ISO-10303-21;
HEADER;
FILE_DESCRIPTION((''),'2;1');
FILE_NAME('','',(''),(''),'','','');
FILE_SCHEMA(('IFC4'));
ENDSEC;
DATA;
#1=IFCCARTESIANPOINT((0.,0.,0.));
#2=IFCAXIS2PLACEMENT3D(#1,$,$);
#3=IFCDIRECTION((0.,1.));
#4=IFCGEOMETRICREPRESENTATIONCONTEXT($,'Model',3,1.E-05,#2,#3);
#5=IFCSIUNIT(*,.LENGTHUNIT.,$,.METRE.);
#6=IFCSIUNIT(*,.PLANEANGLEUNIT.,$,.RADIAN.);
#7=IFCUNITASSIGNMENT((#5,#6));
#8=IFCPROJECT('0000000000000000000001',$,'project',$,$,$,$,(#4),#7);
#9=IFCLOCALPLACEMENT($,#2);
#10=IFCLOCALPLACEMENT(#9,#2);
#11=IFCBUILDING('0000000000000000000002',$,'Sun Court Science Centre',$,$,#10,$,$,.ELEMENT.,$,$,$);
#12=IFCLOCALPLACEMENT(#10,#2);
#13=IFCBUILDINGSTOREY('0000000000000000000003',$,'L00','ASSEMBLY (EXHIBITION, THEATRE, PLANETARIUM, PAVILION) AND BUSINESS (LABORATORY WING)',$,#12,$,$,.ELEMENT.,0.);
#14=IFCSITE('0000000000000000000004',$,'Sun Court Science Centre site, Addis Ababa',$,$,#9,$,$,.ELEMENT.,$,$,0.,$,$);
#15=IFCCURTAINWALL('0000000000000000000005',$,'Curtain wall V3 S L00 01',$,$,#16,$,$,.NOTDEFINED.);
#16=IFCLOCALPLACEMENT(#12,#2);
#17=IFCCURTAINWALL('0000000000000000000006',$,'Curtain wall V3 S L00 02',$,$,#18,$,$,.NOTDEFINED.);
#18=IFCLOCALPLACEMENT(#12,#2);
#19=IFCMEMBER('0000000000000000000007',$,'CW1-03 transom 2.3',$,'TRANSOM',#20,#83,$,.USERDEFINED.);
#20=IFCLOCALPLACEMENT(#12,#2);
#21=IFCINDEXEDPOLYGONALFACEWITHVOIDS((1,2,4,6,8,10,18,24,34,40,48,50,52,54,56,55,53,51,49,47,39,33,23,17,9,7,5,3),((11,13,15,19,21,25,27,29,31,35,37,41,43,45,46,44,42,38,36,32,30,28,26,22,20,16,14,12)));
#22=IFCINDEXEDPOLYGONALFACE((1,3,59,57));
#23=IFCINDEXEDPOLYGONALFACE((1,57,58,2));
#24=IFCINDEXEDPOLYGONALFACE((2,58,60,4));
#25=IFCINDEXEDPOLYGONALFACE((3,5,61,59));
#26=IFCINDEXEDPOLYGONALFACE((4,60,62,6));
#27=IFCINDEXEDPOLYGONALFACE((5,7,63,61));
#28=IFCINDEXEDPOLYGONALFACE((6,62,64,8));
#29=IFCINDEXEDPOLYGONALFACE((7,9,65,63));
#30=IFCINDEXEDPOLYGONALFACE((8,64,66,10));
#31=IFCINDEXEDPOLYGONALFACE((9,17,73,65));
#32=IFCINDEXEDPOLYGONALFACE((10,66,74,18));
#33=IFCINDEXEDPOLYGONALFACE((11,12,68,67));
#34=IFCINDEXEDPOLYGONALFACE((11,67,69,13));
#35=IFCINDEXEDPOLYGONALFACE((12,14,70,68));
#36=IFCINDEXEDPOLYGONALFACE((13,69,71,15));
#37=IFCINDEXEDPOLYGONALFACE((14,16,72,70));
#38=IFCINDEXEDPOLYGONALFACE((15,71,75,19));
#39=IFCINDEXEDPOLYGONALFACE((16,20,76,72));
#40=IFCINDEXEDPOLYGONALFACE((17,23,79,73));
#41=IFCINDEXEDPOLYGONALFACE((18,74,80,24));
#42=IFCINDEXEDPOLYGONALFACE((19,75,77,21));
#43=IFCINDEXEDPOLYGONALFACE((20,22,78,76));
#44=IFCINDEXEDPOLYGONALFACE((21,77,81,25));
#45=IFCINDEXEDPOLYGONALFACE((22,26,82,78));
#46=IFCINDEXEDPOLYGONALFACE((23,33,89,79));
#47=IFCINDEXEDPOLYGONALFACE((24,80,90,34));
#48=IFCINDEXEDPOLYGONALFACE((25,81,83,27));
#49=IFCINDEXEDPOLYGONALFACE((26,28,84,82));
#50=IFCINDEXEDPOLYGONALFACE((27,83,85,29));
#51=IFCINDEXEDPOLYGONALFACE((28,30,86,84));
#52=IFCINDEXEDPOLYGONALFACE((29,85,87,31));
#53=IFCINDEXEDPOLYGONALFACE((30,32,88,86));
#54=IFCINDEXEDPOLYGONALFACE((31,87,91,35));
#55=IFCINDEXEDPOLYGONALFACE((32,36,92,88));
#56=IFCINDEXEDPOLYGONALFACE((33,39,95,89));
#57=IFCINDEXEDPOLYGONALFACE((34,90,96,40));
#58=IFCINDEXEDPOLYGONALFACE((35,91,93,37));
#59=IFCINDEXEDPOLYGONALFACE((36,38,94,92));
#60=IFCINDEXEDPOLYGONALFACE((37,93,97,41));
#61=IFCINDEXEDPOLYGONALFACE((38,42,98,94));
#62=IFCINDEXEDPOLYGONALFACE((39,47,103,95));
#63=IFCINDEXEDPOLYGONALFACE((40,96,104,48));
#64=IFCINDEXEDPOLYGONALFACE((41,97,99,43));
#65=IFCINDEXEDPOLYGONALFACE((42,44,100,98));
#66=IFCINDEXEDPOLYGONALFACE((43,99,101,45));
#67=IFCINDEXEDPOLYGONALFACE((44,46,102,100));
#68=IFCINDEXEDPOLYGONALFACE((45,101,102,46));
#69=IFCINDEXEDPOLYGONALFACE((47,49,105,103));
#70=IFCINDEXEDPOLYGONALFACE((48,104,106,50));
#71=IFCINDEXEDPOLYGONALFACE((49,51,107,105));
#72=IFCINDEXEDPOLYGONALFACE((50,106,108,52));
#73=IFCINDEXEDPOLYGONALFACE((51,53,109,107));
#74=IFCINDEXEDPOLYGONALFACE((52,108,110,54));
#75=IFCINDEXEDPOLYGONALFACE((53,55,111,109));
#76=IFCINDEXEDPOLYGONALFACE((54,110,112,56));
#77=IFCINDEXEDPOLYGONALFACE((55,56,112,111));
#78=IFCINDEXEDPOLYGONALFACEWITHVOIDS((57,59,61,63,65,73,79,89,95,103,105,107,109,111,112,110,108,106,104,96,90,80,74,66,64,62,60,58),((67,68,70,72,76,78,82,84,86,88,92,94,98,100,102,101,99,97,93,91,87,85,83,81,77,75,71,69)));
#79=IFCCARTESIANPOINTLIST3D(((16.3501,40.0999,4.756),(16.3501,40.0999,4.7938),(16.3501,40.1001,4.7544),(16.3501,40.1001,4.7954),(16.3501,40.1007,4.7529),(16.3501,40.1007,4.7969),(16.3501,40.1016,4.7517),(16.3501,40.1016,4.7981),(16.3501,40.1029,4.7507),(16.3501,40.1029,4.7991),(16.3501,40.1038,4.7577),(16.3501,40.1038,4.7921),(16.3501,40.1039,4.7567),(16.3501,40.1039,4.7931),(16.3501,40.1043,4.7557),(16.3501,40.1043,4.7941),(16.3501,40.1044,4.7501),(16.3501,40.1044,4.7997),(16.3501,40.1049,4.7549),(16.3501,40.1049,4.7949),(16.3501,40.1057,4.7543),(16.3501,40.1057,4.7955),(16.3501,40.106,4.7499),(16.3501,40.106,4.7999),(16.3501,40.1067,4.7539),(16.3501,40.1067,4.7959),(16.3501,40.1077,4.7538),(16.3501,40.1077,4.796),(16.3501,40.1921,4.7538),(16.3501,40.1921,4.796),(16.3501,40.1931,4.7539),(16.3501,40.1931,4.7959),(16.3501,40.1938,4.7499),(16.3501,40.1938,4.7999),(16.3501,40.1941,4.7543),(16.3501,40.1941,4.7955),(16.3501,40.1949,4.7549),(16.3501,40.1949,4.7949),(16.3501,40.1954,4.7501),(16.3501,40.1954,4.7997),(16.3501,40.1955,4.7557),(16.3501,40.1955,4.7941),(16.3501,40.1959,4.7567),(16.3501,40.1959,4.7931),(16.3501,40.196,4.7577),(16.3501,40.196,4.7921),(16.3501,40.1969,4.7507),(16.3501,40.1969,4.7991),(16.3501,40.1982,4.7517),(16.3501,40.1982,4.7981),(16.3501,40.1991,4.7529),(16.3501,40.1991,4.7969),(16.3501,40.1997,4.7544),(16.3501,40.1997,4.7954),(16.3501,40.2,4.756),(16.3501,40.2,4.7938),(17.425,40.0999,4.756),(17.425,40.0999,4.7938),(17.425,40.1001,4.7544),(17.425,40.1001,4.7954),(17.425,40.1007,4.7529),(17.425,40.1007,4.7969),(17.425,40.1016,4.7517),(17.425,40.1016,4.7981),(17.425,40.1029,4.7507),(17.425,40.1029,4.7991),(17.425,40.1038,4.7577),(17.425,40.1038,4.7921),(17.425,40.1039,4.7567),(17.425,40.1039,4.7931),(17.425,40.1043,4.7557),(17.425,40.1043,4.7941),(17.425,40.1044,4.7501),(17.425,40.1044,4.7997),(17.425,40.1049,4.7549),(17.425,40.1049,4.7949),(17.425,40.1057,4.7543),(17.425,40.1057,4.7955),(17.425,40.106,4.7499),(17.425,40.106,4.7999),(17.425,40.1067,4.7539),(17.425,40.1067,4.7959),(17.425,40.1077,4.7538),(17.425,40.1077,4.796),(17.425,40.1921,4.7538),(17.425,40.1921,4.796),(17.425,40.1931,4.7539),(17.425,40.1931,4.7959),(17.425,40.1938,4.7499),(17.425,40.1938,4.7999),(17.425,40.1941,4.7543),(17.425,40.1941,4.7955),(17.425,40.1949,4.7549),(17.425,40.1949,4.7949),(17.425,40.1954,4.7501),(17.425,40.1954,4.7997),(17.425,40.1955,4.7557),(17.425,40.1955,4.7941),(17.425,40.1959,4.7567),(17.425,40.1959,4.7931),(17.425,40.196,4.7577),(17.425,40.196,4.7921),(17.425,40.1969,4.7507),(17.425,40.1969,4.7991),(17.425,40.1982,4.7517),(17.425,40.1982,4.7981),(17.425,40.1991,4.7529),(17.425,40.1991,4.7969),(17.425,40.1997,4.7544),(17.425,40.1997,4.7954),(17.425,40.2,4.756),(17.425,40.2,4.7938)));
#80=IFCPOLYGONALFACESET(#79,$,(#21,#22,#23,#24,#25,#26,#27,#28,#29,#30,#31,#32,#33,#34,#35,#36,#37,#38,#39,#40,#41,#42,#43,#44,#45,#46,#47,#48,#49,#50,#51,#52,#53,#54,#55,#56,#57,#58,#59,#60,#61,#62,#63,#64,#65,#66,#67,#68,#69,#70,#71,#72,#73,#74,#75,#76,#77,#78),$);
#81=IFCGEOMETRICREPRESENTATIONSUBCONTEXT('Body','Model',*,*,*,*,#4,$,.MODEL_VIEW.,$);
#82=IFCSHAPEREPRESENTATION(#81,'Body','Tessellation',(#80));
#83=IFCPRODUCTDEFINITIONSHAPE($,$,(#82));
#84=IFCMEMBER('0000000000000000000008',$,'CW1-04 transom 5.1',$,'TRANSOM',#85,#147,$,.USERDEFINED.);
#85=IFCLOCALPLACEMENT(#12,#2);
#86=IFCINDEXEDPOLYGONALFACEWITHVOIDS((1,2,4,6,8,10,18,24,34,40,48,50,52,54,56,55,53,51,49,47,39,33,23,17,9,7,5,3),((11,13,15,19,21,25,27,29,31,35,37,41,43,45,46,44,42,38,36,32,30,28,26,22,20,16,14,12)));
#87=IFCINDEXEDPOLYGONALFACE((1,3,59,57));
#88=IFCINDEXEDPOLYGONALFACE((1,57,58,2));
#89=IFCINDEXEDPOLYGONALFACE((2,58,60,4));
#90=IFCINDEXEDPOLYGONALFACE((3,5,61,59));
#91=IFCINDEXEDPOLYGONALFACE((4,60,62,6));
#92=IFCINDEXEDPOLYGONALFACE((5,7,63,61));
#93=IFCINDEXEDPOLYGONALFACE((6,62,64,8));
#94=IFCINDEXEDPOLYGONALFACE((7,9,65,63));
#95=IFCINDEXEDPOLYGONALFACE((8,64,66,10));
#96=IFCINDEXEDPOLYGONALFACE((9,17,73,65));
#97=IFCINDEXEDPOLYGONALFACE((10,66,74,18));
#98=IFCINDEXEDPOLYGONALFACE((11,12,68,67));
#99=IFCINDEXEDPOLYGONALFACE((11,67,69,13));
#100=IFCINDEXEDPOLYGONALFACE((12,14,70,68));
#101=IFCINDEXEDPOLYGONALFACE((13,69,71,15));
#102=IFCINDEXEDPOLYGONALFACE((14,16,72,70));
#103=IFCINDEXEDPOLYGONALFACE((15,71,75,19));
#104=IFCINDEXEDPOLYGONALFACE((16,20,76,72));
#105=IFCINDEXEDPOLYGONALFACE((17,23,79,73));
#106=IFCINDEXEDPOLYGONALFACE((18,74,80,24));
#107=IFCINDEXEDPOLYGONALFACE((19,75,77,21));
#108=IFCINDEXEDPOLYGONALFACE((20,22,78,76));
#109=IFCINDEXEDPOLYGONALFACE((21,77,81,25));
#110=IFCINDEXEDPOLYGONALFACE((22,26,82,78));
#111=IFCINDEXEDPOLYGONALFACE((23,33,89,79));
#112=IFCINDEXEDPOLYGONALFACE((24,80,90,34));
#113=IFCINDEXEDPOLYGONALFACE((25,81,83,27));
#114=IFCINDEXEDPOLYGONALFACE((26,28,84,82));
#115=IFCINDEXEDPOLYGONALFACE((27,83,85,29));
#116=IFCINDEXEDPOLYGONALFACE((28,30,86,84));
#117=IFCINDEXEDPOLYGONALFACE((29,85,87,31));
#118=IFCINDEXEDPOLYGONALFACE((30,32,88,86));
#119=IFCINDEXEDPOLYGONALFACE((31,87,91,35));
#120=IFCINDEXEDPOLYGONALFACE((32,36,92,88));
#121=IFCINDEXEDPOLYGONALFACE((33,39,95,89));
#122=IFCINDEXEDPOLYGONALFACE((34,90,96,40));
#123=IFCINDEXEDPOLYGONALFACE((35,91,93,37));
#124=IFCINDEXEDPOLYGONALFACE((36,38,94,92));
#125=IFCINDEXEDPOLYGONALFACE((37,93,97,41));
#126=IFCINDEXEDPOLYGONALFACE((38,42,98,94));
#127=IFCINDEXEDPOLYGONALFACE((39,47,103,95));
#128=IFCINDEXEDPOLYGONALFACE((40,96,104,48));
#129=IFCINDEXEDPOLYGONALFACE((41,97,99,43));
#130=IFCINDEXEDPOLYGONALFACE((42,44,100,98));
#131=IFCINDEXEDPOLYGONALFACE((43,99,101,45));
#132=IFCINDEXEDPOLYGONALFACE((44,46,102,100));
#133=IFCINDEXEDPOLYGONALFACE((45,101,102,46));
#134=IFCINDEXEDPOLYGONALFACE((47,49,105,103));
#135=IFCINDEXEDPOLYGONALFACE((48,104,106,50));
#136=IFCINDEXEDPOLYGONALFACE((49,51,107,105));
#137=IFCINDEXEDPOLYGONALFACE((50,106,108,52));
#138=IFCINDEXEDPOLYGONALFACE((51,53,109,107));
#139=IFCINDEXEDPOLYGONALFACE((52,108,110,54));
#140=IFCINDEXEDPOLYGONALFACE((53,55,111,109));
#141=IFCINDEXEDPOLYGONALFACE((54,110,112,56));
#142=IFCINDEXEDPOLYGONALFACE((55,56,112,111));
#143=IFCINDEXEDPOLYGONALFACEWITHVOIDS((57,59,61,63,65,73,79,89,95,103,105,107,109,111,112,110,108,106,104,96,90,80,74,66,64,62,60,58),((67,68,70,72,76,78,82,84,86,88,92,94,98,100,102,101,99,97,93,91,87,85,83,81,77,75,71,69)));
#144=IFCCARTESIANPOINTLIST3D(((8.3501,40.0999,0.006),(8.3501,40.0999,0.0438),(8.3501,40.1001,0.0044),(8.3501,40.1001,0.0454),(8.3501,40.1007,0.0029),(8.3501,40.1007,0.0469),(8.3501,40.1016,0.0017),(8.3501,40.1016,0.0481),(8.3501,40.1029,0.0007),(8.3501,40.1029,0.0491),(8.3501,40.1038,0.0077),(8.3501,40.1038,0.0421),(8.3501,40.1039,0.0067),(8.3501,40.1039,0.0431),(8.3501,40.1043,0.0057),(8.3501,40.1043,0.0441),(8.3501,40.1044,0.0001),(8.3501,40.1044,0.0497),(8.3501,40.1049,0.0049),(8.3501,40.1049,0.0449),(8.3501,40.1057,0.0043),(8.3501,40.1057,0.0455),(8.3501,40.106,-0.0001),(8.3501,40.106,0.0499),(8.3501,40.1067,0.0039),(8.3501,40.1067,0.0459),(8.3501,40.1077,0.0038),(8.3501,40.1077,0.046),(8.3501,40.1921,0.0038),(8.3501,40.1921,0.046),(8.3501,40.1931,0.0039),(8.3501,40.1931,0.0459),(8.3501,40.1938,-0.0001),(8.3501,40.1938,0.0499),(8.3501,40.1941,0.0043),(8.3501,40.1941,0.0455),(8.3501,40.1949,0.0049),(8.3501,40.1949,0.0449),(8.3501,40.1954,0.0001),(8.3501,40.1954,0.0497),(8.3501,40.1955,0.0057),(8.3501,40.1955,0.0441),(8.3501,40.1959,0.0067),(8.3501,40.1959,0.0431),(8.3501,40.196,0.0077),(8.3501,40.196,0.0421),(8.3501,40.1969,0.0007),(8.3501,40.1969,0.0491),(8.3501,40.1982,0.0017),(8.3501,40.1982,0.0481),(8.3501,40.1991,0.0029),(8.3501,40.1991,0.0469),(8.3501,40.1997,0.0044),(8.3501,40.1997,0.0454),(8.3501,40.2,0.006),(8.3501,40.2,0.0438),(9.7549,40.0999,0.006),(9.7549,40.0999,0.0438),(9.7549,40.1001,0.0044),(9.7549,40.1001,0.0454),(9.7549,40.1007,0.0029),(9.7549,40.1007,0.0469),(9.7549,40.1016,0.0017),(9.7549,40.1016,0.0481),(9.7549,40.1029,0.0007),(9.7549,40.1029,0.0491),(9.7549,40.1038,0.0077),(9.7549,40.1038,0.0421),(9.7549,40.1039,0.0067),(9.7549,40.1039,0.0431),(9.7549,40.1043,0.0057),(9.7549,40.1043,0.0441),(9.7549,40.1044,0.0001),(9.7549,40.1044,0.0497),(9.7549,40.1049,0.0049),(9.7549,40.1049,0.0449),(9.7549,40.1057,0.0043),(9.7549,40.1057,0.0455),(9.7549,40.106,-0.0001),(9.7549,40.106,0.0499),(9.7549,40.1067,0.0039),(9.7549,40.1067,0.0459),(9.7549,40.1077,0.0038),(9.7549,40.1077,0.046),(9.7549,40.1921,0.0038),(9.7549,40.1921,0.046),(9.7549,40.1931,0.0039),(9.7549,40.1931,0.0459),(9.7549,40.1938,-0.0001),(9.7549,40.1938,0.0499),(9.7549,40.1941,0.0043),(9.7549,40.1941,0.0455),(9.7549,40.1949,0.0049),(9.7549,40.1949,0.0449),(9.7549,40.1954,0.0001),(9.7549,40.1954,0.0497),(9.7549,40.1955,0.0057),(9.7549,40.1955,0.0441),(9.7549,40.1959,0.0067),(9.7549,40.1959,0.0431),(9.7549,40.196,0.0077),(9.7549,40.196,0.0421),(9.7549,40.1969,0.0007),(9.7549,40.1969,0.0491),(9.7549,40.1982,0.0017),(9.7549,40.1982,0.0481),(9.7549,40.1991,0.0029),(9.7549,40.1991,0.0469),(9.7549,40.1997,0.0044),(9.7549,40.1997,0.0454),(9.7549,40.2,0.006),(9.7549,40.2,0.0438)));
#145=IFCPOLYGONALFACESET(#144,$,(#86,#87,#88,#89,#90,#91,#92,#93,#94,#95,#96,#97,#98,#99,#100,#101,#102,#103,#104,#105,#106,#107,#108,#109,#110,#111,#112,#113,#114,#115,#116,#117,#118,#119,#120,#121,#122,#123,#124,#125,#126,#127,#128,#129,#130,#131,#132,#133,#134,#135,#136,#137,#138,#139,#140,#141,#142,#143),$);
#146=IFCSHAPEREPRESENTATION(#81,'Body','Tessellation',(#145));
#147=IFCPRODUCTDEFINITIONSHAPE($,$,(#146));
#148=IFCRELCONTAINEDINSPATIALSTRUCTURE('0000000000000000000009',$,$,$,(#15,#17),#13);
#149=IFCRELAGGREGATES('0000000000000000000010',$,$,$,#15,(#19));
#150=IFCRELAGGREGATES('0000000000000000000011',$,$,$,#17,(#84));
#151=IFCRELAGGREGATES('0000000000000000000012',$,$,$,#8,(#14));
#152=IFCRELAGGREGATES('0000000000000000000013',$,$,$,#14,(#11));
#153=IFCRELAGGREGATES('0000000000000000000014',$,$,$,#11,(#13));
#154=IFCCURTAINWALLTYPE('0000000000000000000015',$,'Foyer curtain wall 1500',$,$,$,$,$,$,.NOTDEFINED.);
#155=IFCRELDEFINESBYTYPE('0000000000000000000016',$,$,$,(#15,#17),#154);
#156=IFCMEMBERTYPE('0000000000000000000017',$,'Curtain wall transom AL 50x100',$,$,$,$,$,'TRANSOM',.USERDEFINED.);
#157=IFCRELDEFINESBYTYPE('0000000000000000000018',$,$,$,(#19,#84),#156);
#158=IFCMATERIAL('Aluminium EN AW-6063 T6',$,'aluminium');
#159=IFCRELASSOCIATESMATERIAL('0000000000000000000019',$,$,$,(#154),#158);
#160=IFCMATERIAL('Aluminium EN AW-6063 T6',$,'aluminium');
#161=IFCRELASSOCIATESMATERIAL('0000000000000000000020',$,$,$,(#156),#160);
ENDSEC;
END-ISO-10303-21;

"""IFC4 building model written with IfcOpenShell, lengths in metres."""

from ifc_helpers import new_model, si_unit, direction, frame, origin, origin_2d, place, context, subcontext, project, spatial, hollow_rectangle, extrude, material, material_profile, profile_set, type_object, element, aggregate, save


model = new_model("IFC4")

# Units and contexts
model_context = context("Model", 3, precision=1e-05, world=origin(), true_north=direction((0.0, 1.0)))
body_context = subcontext(model_context, "Body", "Model", "MODEL_VIEW")
ifc_project = project(units=[si_unit("LENGTHUNIT", "METRE"), si_unit("PLANEANGLEUNIT", "RADIAN")], contexts=[model_context])

# Site, building, storey
site_placement = place(None, origin())
site = spatial("IfcSite", under=ifc_project, at=site_placement, Name="Sun Court Science Centre site, Addis Ababa", CompositionType="ELEMENT", RefElevation=0.0)
building_placement = place(site_placement, origin())
building = spatial("IfcBuilding", under=site, at=building_placement, Name="Sun Court Science Centre", CompositionType="ELEMENT")
storey_placement = place(building_placement, origin())
storey = spatial("IfcBuildingStorey", under=building, at=storey_placement, Name="L00", Description="ASSEMBLY (EXHIBITION, THEATRE, PLANETARIUM, PAVILION) AND BUSINESS (LABORATORY WING)", CompositionType="ELEMENT", Elevation=0.0)

# Curtain walls
ifc_material_1 = material(Name="Aluminium EN AW-6063 T6", Category="aluminium")
curtain_wall_type = type_object("IfcCurtainWallType", Name="Foyer curtain wall 1500", PredefinedType="NOTDEFINED", material=ifc_material_1)
curtain_wall_1_placement = place(storey_placement, origin())
curtain_wall_1 = element("IfcCurtainWall", 1, at=curtain_wall_1_placement, inside=storey, type_object=curtain_wall_type, Name="Curtain wall V3 S L00 01", PredefinedType="NOTDEFINED")
curtain_wall_2_placement = place(storey_placement, origin())
curtain_wall_2 = element("IfcCurtainWall", 2, at=curtain_wall_2_placement, inside=storey, type_object=curtain_wall_type, Name="Curtain wall V3 S L00 02", PredefinedType="NOTDEFINED")

# Members
ifc_material_2 = material(Name="Aluminium EN AW-6063 T6", Category="aluminium")
ifc_material_profile_1 = material_profile(ifc_material_2, hollow_rectangle(XDim=0.05, YDim=0.1001, WallThickness=0.0039, InnerFilletRadius=0.0039, OuterFilletRadius=0.0061, at=origin_2d()), Name="AL 50x100x4")
ifc_profile_set_1 = profile_set([ifc_material_profile_1], Name="Aluminium EN AW-6063 T6")
member_type_1 = type_object("IfcMemberType", Name="Curtain wall transom AL 50x100", ElementType="TRANSOM", PredefinedType="USERDEFINED", material=ifc_profile_set_1)
member_1_placement = place(storey_placement, frame((17.425, 40.1499, 4.7749), z_axis=(-1.0, 0.0, 0.0), x_axis=(0.0, 0.0, 1.0)))
member_1 = element("IfcMember", 3, at=member_1_placement, type_object=member_type_1, Name="CW1-03 transom 2.3", ObjectType="TRANSOM", PredefinedType="USERDEFINED", context=body_context, shape_type="SweptSolid", body=[
    extrude(hollow_rectangle(XDim=0.05, YDim=0.1001, WallThickness=0.0039, InnerFilletRadius=0.0039, OuterFilletRadius=0.0061, at=origin_2d()), origin(), (0.0, 0.0, 1.0), 1.075),
])
member_2_placement = place(storey_placement, frame((9.7549, 40.1499, 0.0249), z_axis=(-1.0, 0.0, 0.0), x_axis=(0.0, 0.0, 1.0)))
member_2 = element("IfcMember", 4, at=member_2_placement, type_object=member_type_1, Name="CW1-04 transom 5.1", ObjectType="TRANSOM", PredefinedType="USERDEFINED", context=body_context, shape_type="SweptSolid", body=[
    extrude(hollow_rectangle(XDim=0.05, YDim=0.1001, WallThickness=0.0039, InnerFilletRadius=0.0039, OuterFilletRadius=0.0061, at=origin_2d()), origin(), (0.0, 0.0, 1.0), 1.4048),
])

aggregate(curtain_wall_1, [member_1])
aggregate(curtain_wall_2, [member_2])

save(model, "model.ifc")
